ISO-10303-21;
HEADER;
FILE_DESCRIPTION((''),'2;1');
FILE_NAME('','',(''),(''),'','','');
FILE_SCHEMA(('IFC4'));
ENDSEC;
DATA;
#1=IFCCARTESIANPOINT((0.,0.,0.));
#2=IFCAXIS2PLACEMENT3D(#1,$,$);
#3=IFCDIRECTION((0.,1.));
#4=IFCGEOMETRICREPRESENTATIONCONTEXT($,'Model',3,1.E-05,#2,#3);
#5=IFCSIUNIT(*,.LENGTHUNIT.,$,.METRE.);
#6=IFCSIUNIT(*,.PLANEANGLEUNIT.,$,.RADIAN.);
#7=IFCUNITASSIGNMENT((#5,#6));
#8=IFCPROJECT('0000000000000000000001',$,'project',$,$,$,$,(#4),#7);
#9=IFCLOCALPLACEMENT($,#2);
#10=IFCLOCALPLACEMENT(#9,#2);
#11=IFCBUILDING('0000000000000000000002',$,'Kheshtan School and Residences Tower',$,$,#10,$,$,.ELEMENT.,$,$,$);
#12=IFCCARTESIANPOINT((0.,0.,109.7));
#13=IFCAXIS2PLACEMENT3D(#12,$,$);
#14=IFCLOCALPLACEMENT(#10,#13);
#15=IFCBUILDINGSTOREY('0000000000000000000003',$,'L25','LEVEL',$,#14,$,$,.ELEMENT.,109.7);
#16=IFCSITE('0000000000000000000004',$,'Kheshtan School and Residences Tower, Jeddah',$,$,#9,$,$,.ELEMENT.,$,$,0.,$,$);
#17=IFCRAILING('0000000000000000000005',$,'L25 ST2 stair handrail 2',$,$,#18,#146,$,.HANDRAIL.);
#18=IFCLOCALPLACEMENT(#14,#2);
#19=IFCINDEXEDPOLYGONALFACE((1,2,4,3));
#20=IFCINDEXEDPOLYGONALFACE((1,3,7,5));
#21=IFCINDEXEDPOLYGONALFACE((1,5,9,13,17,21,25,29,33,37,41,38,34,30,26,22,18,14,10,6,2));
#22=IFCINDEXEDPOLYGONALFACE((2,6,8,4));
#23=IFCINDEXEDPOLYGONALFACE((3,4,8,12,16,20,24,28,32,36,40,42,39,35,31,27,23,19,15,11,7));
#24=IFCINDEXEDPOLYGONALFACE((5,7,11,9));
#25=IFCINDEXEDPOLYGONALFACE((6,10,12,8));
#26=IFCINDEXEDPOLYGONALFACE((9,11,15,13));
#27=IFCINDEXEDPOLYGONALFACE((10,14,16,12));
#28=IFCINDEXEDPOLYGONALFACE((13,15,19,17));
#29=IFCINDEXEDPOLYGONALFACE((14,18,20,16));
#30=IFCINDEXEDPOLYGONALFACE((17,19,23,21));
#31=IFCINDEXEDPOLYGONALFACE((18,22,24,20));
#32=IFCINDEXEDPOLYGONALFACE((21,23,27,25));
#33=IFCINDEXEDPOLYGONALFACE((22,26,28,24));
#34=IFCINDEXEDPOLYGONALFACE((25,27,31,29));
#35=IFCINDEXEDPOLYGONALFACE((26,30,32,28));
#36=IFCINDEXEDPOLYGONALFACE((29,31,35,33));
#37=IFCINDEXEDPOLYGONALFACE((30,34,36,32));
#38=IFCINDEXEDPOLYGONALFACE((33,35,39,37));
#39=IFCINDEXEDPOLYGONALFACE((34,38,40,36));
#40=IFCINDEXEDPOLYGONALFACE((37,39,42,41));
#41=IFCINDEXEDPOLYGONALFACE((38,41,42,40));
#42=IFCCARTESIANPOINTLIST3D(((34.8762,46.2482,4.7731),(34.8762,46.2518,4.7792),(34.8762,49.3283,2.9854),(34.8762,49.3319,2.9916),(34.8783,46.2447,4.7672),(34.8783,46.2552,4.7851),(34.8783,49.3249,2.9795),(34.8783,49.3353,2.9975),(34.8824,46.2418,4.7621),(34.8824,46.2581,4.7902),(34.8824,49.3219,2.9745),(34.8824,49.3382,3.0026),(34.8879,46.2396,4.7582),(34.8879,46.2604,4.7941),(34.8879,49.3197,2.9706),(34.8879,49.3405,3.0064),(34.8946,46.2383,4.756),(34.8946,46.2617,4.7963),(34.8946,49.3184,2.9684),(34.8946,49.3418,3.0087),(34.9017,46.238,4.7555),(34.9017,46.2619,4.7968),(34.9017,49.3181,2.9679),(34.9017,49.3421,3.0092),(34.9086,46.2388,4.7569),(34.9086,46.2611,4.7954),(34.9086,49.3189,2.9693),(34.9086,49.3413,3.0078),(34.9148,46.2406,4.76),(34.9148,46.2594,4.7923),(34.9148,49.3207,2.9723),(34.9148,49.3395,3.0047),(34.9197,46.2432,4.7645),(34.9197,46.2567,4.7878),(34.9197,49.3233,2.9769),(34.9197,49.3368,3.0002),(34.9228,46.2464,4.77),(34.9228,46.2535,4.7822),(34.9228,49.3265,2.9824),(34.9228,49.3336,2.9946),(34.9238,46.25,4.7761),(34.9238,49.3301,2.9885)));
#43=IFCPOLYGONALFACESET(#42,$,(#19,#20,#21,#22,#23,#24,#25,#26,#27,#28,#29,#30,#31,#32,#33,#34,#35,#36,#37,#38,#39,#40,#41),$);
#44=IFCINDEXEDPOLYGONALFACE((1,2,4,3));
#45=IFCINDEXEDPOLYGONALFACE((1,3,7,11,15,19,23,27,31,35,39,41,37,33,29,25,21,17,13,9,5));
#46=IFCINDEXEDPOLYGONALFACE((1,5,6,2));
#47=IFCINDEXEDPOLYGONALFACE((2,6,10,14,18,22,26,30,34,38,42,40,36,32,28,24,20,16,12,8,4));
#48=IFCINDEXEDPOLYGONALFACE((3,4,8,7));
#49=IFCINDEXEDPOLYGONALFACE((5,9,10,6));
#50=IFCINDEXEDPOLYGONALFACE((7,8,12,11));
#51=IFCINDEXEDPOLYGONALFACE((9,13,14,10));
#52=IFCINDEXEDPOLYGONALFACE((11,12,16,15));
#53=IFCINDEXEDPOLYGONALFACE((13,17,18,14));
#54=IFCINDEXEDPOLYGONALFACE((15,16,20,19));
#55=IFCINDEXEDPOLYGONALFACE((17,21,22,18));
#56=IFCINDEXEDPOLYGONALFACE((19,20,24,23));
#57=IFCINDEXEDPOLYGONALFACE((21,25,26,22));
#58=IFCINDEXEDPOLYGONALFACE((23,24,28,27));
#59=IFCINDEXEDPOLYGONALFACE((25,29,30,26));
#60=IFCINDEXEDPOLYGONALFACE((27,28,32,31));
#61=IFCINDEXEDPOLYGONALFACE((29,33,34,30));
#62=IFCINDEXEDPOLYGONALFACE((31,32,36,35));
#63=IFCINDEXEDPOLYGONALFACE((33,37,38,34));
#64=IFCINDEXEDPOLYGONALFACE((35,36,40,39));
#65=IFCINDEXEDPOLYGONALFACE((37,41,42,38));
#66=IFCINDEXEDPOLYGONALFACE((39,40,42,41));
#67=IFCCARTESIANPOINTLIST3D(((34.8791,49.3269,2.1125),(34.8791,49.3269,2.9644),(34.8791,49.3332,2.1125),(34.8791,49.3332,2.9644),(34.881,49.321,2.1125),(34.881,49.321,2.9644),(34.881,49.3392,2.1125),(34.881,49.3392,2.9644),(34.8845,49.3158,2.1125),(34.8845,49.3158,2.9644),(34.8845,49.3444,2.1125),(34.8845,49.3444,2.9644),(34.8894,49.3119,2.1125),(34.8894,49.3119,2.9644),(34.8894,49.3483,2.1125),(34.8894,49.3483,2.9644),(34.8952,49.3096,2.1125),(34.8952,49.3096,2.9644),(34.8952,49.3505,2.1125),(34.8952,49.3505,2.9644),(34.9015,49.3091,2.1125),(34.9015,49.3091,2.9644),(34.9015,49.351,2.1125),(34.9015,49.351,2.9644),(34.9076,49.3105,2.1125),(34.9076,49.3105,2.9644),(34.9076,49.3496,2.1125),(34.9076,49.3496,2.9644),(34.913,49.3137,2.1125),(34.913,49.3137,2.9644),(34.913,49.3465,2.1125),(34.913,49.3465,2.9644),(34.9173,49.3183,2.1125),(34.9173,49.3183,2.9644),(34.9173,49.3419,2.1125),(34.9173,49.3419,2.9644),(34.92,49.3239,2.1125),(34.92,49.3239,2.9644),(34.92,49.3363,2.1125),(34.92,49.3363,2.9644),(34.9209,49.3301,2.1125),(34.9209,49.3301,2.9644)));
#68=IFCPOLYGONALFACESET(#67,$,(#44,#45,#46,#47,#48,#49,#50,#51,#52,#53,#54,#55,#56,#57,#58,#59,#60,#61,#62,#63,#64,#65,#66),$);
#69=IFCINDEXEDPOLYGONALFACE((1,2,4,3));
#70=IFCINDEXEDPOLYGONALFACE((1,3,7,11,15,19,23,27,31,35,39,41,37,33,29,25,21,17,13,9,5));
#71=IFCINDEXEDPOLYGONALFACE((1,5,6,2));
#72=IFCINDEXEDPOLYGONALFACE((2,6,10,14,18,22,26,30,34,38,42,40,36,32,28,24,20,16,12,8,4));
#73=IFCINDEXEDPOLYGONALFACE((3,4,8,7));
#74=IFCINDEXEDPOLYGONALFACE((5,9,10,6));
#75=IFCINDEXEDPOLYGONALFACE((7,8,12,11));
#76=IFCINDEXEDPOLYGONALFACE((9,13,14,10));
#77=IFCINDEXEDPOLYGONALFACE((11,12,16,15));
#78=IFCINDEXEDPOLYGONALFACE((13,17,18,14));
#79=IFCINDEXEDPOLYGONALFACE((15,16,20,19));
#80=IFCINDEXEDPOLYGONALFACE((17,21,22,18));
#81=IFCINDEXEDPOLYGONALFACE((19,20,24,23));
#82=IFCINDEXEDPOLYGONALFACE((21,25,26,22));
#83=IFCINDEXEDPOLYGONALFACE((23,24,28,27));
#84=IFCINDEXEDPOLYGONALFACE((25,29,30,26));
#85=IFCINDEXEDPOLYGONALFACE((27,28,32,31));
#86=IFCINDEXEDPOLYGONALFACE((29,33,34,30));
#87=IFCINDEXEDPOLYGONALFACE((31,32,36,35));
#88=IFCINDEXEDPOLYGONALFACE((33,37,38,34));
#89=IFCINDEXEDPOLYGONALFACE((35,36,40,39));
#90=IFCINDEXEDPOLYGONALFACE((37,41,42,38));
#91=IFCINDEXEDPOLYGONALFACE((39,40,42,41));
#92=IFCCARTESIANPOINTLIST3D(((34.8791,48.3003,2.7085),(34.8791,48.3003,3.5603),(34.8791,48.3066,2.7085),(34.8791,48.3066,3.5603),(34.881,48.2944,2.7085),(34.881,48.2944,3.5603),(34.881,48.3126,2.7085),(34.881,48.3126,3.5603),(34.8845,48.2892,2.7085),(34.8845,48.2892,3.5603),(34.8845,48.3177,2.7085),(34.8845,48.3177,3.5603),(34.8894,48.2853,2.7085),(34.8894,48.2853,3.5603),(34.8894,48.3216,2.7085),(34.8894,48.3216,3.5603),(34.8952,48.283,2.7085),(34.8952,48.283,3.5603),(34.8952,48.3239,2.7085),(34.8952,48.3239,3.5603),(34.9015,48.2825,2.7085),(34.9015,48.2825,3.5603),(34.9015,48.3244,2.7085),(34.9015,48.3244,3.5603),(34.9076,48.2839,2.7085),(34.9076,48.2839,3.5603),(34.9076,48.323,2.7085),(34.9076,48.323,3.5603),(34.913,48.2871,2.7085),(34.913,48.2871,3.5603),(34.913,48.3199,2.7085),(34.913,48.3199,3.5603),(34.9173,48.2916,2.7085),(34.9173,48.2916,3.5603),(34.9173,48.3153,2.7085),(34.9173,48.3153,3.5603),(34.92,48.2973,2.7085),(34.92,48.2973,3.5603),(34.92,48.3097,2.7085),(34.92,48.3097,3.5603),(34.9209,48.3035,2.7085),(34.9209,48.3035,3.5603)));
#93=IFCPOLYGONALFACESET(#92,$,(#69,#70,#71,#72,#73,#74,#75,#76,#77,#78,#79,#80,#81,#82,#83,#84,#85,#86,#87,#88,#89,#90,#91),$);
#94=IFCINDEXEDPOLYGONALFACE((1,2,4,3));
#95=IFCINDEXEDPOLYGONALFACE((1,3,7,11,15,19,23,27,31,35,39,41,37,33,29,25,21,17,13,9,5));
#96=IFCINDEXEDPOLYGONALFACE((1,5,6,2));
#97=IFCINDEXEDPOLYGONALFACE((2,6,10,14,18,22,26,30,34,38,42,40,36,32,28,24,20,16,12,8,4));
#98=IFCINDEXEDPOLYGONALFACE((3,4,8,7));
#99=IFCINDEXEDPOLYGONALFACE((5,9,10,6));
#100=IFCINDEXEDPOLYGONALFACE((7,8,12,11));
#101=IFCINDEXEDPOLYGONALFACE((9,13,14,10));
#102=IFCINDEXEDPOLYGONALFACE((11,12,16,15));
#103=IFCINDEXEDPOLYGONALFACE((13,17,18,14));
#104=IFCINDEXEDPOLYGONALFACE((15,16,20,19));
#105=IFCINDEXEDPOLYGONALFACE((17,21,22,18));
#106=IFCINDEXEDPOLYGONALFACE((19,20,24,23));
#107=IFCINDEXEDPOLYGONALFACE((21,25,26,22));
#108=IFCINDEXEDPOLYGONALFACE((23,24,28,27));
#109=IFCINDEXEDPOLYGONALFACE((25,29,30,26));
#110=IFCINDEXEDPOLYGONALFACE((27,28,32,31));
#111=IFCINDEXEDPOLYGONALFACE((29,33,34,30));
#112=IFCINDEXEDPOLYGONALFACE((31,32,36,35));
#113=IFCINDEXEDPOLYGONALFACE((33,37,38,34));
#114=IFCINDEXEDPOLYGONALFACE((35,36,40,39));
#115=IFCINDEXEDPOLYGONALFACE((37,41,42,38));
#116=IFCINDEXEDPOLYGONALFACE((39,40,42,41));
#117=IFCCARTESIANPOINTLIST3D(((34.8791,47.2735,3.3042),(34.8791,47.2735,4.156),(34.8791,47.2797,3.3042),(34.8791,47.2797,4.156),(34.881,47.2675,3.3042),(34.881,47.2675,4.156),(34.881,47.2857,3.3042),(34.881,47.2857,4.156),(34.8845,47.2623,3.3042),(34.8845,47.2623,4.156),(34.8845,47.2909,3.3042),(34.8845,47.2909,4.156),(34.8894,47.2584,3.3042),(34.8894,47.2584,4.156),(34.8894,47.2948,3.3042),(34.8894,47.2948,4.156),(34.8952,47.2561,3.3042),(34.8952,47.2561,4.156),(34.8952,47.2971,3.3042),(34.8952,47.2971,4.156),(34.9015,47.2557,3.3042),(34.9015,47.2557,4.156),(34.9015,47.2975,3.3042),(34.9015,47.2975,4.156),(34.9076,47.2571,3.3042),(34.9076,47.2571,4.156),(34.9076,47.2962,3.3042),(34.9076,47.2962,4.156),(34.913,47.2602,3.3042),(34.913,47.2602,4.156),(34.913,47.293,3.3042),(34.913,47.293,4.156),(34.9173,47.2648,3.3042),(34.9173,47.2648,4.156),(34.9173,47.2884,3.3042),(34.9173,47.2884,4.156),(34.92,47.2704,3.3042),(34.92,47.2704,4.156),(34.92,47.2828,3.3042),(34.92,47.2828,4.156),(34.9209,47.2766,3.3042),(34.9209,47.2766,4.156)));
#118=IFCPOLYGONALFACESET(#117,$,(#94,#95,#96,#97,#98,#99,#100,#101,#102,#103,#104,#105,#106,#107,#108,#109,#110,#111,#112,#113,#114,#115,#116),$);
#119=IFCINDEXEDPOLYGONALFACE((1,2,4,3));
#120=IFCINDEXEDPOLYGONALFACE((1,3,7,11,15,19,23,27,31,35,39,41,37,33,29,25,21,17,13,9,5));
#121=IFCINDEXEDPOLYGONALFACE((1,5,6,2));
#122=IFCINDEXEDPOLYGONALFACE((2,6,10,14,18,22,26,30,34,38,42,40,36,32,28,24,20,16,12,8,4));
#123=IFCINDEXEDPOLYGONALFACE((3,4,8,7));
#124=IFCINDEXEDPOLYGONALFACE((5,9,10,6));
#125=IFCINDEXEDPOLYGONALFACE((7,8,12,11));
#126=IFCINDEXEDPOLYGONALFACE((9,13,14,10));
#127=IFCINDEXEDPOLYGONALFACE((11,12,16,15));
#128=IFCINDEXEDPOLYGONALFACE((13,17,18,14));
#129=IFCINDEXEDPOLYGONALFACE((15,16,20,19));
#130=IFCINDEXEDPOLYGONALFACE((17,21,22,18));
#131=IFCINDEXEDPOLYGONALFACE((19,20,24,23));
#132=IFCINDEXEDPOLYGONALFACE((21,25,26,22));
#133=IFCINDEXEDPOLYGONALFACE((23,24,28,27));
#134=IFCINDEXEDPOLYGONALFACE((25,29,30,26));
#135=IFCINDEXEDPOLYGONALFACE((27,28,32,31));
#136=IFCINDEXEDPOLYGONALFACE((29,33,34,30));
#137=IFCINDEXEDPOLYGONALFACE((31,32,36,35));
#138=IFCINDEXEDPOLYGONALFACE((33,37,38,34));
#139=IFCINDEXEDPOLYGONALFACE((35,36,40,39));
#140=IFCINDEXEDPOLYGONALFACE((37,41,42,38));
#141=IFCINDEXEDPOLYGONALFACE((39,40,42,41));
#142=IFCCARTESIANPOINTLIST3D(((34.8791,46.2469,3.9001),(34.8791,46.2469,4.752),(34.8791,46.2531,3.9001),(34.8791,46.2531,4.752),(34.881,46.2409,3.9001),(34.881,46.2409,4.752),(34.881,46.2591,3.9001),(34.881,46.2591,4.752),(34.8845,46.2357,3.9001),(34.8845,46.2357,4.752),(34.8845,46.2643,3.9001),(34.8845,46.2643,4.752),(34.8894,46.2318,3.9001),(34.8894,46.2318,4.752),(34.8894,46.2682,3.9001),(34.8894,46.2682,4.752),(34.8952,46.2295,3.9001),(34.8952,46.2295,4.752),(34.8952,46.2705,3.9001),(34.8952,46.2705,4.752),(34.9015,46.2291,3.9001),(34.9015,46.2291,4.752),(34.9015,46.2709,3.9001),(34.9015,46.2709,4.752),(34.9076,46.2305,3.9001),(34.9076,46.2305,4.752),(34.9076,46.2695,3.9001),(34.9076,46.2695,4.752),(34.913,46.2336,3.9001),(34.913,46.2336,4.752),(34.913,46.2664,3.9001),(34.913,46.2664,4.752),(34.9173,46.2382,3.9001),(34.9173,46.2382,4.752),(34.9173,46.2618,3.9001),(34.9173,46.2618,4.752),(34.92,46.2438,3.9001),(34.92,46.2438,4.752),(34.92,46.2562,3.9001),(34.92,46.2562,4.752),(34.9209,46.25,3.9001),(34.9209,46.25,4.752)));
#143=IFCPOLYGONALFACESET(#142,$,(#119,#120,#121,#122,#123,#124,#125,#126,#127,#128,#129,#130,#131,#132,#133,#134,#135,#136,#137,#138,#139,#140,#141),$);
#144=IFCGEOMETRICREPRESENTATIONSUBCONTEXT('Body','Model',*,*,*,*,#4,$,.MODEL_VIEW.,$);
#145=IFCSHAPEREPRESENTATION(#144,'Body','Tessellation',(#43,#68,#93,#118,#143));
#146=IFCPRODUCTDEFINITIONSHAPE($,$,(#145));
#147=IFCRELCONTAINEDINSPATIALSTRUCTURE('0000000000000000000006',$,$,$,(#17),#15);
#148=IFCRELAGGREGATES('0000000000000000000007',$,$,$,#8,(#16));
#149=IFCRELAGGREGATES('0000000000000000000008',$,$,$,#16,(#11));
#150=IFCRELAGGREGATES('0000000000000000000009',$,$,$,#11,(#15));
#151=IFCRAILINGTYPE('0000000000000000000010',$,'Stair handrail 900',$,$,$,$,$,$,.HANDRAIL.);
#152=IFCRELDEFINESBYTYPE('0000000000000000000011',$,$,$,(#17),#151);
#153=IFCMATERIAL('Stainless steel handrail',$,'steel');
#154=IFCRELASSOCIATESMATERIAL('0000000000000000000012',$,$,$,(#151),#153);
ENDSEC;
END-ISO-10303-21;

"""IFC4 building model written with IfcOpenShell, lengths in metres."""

from ifc_helpers import new_model, si_unit, direction, frame, origin, origin_2d, place, context, subcontext, project, spatial, circle, extrude, material, type_object, element, save


model = new_model("IFC4")

# Units and contexts
model_context = context("Model", 3, precision=1e-05, world=origin(), true_north=direction((0.0, 1.0)))
body_context = subcontext(model_context, "Body", "Model", "MODEL_VIEW")
ifc_project = project(units=[si_unit("LENGTHUNIT", "METRE"), si_unit("PLANEANGLEUNIT", "RADIAN")], contexts=[model_context])

# Site, building, storey
site_placement = place(None, origin())
site = spatial("IfcSite", under=ifc_project, at=site_placement, Name="Kheshtan School and Residences Tower, Jeddah", CompositionType="ELEMENT", RefElevation=0.0)
building_placement = place(site_placement, origin())
building = spatial("IfcBuilding", under=site, at=building_placement, Name="Kheshtan School and Residences Tower", CompositionType="ELEMENT")
storey_placement = place(building_placement, frame((0.0, 0.0, 109.7)))
storey = spatial("IfcBuildingStorey", under=building, at=storey_placement, Name="L25", Description="LEVEL", CompositionType="ELEMENT", Elevation=109.7)

# Railing
ifc_material_1 = material(Name="Stainless steel handrail", Category="steel")
railing_type_1 = type_object("IfcRailingType", Name="Stair handrail 900", PredefinedType="HANDRAIL", material=ifc_material_1)
railing_1_placement = place(storey_placement, frame((34.8999, 49.3301, 2.1125)))
element("IfcRailing", 1, at=railing_1_placement, inside=storey, type_object=railing_type_1, Name="L25 ST2 stair handrail 2", PredefinedType="HANDRAIL", context=body_context, shape_type="SweptSolid", body=[
    extrude(circle(Radius=0.0239, at=origin_2d()), frame((0.0, 0.0, 0.876), z_axis=(0.0, -0.864891, 0.50196), x_axis=(1.0, 0.0, 0.0)), (0.0, 0.0, 1.0), 3.5613),
    extrude(circle(Radius=0.021, at=origin_2d()), origin(), (0.0, 0.0, 1.0), 0.8518),
    extrude(circle(Radius=0.021, at=origin_2d()), frame((0.0, -1.0266, 0.5959)), (0.0, 0.0, 1.0), 0.8518),
    extrude(circle(Radius=0.021, at=origin_2d()), frame((0.0, -2.0535, 1.1917)), (0.0, 0.0, 1.0), 0.8518),
    extrude(circle(Radius=0.021, at=origin_2d()), frame((0.0, -3.0801, 1.7876)), (0.0, 0.0, 1.0), 0.8518),
])

save(model, "model.ifc")
